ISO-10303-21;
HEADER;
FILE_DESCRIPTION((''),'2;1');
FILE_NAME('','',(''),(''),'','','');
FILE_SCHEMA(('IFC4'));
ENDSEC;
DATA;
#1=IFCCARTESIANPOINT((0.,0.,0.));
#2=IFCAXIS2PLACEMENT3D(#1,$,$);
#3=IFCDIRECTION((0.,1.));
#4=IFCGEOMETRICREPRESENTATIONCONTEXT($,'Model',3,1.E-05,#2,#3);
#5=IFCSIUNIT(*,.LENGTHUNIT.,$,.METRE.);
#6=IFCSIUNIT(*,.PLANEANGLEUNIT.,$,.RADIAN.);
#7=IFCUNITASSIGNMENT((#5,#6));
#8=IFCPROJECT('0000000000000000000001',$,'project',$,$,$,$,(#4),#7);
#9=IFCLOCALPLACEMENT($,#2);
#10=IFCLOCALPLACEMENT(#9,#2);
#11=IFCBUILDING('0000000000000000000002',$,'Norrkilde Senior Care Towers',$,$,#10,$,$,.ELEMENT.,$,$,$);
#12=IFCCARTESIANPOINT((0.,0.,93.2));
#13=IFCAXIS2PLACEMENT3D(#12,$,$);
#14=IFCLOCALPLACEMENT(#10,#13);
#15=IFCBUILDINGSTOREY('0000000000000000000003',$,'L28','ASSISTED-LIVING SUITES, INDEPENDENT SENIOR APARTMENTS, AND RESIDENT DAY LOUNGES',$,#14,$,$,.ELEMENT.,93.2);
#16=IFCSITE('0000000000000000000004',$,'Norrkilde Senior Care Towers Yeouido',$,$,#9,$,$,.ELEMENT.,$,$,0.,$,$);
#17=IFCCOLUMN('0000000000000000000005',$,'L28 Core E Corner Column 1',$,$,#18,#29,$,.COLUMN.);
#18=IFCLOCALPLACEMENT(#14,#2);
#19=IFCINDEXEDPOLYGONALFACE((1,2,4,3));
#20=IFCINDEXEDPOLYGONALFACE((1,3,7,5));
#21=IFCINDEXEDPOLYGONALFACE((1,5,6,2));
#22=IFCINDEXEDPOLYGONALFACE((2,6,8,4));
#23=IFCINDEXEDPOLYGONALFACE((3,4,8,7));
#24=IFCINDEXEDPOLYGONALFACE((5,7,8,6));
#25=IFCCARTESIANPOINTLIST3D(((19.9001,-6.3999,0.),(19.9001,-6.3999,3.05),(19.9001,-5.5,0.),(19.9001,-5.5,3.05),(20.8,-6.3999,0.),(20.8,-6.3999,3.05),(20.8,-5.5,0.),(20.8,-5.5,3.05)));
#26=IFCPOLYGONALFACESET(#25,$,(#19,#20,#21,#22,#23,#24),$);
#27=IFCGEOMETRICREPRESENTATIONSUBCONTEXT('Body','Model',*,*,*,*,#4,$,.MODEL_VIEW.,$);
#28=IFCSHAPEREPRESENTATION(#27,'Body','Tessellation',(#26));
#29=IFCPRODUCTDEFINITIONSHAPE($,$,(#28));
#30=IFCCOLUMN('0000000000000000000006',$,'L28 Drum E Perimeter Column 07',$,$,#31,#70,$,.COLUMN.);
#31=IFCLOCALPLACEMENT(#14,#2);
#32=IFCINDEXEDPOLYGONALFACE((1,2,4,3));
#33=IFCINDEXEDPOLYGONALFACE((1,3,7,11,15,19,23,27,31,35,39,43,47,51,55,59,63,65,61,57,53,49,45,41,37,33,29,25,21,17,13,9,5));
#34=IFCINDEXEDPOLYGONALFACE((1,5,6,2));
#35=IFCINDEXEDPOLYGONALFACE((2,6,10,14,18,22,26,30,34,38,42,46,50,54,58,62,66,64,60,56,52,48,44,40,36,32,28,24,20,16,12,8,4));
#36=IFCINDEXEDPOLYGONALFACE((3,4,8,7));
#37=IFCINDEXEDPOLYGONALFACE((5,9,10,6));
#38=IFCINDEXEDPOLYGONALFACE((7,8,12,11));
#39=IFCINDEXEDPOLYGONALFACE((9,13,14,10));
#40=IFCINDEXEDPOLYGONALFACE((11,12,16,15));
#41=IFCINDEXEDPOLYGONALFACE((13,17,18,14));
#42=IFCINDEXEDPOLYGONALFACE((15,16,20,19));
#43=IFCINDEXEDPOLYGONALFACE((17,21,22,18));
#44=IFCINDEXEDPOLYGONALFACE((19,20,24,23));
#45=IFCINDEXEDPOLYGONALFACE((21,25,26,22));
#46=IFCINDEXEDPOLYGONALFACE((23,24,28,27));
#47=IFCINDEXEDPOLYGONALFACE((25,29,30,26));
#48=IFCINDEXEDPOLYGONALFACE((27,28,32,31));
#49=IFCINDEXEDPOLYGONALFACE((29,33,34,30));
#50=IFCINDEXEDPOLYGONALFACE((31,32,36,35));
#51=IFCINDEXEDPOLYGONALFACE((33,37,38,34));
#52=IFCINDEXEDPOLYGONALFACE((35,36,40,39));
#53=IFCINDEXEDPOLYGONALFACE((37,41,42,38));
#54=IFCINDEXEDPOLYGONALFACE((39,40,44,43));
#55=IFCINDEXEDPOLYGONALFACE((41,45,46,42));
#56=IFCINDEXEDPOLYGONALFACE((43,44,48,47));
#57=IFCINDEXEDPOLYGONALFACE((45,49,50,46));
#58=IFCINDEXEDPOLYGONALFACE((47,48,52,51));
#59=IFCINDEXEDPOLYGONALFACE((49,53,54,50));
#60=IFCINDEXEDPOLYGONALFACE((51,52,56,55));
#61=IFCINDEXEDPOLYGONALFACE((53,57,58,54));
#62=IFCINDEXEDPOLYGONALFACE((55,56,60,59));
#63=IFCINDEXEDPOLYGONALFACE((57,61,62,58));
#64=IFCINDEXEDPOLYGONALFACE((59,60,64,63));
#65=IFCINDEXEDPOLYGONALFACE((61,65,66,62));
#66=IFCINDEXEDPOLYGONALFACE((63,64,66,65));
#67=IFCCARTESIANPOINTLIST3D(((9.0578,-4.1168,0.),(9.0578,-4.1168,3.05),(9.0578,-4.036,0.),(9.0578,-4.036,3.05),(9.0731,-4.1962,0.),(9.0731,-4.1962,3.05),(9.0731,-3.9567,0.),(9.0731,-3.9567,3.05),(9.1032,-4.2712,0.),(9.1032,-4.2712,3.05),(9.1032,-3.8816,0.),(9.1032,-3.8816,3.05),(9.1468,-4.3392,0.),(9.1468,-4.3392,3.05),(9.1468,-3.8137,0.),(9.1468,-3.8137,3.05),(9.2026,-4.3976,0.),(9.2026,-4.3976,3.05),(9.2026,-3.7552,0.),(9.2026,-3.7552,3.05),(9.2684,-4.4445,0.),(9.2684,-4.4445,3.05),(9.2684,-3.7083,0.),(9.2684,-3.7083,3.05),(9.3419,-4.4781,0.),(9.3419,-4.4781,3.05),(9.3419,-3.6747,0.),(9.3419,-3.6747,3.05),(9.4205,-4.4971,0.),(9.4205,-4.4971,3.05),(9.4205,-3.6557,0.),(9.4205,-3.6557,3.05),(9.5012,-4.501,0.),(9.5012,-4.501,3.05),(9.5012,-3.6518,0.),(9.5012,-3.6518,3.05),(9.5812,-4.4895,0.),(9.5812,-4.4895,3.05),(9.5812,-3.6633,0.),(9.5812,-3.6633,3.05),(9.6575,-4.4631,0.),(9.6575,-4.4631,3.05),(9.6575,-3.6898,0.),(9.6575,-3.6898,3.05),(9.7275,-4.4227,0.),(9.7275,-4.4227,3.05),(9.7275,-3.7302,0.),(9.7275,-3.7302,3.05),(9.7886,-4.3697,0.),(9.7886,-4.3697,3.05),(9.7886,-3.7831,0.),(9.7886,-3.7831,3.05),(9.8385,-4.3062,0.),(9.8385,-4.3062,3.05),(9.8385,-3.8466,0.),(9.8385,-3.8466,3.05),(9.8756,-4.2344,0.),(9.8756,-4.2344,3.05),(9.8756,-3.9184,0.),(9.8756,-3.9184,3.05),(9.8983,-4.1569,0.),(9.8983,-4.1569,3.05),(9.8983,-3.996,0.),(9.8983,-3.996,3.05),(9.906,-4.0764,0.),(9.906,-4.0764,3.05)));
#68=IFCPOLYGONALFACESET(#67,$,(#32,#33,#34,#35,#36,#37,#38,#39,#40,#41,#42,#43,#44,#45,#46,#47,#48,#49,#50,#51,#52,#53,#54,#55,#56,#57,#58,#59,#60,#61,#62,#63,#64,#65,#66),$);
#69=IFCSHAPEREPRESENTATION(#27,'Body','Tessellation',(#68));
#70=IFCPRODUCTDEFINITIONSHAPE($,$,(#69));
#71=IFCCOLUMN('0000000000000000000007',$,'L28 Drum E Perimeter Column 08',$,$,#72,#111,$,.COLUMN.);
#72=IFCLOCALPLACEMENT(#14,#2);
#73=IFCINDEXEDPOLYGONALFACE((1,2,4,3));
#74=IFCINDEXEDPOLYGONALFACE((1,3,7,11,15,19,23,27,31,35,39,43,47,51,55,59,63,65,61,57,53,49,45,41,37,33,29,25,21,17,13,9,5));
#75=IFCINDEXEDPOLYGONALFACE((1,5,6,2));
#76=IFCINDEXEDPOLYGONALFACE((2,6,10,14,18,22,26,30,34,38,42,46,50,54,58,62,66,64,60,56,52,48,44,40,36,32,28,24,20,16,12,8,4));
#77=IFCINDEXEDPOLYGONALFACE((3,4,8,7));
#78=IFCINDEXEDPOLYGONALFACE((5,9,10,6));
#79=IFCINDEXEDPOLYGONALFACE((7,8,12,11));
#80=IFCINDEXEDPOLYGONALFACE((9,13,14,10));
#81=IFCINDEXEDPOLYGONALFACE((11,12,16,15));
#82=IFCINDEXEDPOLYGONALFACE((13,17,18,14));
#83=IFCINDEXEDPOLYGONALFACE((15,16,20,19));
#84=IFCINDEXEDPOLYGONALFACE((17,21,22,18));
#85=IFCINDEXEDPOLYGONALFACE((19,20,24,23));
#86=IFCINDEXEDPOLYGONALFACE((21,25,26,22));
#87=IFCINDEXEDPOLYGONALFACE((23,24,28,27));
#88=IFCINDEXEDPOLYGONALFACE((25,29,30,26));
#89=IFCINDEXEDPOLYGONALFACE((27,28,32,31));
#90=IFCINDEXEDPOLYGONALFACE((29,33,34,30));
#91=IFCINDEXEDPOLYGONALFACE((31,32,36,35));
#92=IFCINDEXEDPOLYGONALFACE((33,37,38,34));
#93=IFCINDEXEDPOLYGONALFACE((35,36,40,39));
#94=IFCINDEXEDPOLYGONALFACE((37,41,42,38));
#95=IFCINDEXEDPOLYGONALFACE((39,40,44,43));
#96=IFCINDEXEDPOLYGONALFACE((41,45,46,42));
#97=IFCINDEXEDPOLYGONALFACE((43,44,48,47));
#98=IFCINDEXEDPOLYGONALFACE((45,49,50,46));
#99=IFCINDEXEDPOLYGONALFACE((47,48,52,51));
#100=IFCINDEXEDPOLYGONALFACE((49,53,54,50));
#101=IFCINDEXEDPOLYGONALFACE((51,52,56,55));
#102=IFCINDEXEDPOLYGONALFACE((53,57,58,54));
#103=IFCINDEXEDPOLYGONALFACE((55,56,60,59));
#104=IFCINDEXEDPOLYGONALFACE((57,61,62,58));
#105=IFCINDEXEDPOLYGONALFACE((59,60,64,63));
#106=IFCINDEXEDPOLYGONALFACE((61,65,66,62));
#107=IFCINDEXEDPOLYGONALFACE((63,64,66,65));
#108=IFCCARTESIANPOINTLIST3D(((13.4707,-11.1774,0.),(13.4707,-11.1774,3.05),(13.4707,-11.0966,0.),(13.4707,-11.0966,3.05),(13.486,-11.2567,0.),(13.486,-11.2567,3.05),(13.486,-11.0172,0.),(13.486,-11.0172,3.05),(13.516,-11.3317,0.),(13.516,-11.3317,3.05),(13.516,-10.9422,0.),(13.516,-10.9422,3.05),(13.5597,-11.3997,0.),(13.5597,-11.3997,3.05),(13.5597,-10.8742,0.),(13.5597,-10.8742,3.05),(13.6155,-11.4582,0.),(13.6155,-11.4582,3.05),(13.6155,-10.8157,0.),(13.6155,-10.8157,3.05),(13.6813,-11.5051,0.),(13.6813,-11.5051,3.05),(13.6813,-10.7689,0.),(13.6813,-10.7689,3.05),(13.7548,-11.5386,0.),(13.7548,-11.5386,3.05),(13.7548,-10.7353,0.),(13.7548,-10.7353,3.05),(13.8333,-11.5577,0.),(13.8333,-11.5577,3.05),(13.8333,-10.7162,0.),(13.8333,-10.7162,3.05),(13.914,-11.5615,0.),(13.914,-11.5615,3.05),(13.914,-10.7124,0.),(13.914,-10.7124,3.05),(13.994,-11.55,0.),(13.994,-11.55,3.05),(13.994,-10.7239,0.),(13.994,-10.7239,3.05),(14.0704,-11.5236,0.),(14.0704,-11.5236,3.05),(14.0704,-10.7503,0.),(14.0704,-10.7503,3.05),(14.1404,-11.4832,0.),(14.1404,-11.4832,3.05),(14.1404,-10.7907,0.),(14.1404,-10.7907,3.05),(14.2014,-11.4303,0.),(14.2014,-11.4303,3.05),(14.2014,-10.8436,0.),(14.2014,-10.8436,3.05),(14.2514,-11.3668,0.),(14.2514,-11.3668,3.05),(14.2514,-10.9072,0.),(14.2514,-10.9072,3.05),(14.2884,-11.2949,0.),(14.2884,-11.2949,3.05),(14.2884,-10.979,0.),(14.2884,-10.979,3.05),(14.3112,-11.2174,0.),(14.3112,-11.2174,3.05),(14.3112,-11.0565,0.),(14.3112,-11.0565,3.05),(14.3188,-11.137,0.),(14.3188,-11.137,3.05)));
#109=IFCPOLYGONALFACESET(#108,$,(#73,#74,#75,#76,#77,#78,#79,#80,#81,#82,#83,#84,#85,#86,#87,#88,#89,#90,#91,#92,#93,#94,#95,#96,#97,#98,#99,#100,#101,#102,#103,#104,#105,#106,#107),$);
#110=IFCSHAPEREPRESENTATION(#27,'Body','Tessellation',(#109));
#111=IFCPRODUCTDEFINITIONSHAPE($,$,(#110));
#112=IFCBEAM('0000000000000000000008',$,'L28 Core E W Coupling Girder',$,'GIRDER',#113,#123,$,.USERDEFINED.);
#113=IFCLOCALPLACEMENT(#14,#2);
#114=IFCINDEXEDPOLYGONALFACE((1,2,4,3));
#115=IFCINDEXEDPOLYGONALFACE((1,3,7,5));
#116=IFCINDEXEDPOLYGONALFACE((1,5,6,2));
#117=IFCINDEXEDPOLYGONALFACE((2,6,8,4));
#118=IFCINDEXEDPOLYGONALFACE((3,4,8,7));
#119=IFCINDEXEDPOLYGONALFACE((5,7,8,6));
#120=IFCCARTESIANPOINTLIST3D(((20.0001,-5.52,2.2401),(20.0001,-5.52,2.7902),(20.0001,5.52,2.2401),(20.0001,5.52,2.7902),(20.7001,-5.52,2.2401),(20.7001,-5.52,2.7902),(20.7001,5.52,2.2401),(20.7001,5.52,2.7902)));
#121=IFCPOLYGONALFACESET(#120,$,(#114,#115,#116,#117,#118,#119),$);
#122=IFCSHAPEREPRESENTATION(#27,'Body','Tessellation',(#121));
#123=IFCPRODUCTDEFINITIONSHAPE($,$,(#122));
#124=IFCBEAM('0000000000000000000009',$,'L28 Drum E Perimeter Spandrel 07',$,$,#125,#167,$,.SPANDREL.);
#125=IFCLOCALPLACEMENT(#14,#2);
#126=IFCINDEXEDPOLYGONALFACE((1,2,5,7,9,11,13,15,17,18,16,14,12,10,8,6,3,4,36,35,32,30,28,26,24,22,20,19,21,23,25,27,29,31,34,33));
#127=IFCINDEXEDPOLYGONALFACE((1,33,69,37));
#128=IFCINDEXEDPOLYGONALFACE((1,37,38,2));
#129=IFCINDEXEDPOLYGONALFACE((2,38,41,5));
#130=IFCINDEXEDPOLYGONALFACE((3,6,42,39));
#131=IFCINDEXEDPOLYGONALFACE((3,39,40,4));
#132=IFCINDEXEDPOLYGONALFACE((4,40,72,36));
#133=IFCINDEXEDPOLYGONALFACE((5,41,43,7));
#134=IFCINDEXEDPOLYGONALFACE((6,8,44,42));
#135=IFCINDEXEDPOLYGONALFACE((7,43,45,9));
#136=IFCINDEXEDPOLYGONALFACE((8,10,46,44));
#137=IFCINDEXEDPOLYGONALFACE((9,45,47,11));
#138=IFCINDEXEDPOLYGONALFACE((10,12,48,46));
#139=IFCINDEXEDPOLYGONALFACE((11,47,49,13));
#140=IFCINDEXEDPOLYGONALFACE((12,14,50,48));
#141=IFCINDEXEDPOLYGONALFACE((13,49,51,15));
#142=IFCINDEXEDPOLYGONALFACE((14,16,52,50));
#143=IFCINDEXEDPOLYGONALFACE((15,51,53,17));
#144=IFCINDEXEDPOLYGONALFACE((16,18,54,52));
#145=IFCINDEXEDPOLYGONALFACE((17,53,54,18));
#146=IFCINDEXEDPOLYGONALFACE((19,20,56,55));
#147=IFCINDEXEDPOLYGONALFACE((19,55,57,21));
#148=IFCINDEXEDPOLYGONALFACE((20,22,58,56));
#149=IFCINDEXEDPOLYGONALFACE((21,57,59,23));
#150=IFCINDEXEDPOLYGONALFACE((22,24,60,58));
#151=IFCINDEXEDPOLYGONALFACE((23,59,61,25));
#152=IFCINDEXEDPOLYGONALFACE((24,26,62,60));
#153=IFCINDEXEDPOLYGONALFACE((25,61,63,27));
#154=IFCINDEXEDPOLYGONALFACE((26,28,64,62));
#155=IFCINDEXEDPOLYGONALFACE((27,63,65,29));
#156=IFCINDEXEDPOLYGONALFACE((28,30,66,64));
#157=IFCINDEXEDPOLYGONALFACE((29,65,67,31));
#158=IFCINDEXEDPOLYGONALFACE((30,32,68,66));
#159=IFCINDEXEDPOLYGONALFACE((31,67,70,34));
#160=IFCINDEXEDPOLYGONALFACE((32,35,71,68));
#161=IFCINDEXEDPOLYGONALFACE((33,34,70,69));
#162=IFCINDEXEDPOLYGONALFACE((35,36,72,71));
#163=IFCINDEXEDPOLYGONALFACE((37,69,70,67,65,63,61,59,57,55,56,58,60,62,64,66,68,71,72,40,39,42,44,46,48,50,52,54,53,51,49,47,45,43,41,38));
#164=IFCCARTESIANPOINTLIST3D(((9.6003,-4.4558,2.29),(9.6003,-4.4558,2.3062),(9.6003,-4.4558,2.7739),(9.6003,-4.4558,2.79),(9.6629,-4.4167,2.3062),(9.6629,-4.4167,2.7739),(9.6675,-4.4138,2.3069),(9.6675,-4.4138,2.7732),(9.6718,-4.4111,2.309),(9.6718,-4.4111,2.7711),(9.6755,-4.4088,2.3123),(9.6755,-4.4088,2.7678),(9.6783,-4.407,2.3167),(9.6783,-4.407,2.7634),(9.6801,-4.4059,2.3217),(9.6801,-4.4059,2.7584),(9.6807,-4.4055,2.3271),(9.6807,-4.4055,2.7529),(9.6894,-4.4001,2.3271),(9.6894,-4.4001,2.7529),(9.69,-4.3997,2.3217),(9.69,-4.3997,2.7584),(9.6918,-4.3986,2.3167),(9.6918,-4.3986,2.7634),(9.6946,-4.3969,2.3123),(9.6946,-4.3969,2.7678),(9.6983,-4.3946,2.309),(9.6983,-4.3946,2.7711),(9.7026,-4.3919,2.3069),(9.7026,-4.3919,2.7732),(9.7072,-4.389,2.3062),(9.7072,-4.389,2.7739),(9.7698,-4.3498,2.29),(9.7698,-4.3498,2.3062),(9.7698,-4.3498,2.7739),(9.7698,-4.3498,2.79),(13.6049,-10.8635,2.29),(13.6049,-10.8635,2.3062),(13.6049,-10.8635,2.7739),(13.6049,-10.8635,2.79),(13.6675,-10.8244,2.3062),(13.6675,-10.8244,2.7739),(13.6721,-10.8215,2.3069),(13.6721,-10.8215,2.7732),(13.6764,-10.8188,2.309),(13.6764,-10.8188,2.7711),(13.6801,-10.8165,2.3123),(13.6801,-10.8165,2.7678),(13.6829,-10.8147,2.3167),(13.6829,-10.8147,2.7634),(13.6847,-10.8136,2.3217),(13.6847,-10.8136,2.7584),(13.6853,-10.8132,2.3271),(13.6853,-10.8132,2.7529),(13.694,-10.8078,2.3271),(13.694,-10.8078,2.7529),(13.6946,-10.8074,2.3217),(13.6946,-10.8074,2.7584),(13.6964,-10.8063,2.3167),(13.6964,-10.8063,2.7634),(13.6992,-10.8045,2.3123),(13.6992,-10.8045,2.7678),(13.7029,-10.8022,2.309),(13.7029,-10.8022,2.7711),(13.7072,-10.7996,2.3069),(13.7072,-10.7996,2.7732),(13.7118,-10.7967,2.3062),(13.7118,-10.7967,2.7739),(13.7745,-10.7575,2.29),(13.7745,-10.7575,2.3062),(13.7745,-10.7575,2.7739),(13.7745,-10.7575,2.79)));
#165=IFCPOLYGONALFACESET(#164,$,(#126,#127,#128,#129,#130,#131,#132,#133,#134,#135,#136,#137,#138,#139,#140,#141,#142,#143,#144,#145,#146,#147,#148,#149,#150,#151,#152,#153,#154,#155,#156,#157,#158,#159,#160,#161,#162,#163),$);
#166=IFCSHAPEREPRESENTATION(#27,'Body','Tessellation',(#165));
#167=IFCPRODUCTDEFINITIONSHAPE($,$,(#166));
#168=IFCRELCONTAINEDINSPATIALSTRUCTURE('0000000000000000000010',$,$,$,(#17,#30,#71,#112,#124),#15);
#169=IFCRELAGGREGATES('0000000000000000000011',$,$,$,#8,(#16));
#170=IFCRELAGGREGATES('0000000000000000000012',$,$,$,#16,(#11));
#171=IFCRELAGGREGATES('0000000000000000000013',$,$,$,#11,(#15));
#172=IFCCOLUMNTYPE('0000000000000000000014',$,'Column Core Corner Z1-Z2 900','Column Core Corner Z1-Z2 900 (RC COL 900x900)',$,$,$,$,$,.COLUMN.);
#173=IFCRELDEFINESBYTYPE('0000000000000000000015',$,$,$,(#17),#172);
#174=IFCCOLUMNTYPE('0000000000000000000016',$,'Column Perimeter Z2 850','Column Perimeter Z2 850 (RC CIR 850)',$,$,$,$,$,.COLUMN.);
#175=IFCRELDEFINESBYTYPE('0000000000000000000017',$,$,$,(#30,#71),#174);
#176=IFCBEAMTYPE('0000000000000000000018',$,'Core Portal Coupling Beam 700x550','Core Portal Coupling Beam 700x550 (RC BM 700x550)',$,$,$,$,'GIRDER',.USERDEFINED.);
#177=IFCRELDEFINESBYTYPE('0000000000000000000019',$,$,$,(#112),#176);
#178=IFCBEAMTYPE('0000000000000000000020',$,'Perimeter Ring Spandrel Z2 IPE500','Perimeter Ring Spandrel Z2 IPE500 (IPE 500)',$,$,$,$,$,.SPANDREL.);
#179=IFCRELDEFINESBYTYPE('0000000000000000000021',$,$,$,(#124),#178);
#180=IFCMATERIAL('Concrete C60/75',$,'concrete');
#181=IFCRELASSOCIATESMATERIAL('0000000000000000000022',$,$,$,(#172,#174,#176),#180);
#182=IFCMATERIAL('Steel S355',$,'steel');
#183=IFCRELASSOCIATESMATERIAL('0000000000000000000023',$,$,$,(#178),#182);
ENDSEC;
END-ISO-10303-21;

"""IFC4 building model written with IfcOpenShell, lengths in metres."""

from ifc_helpers import new_model, si_unit, direction, frame, origin, origin_2d, place, context, subcontext, project, spatial, rectangle, circle, i_section, extrude, source, transform, mapped, material, material_profile, profile_set, type_object, type_shapes, element, save


model = new_model("IFC4")

# Units and contexts
model_context = context("Model", 3, precision=1e-05, world=origin(), true_north=direction((0.0, 1.0)))
body_context = subcontext(model_context, "Body", "Model", "MODEL_VIEW")
ifc_project = project(units=[si_unit("LENGTHUNIT", "METRE"), si_unit("PLANEANGLEUNIT", "RADIAN")], contexts=[model_context])

# Site, building, storey
site_placement = place(None, origin())
site = spatial("IfcSite", under=ifc_project, at=site_placement, Name="Norrkilde Senior Care Towers Yeouido", CompositionType="ELEMENT", RefElevation=0.0)
building_placement = place(site_placement, origin())
building = spatial("IfcBuilding", under=site, at=building_placement, Name="Norrkilde Senior Care Towers", CompositionType="ELEMENT")
storey_placement = place(building_placement, frame((0.0, 0.0, 93.2)))
storey = spatial("IfcBuildingStorey", under=building, at=storey_placement, Name="L28", Description="ASSISTED-LIVING SUITES, INDEPENDENT SENIOR APARTMENTS, AND RESIDENT DAY LOUNGES", CompositionType="ELEMENT", Elevation=93.2)

# Columns
ifc_material_1 = material(Name="Concrete C60/75", Category="concrete")
ifc_material_profile_1 = material_profile(ifc_material_1, rectangle(XDim=0.8999, YDim=0.8999, at=origin_2d()), Name="RC COL 900x900")
ifc_profile_set_1 = profile_set([ifc_material_profile_1], Name="Concrete C60/75")
column_type_1 = type_object("IfcColumnType", Name="Column Core Corner Z1-Z2 900", Description="Column Core Corner Z1-Z2 900 (RC COL 900x900)", PredefinedType="COLUMN", material=ifc_profile_set_1)
shared_shape_1 = source(origin(), body_context, "Body", "SweptSolid", [
    extrude(rectangle(XDim=0.8999, YDim=0.8999, at=origin_2d()), origin(), (0.0, 0.0, 1.0), 3.05),
])
type_shapes(column_type_1, [shared_shape_1])
column_placement = place(storey_placement, frame((20.3501, -5.95, 0.0), z_axis=(0.0, 0.0, 1.0), x_axis=(1.0, 0.0, 0.0)))
element("IfcColumn", 1, at=column_placement, inside=storey, type_object=column_type_1, Name="L28 Core E Corner Column 1", PredefinedType="COLUMN", context=body_context, shape_type="MappedRepresentation", body=[
    mapped(shared_shape_1, transform((0.0, 0.0, 0.0), x_axis=(1.0, 0.0, 0.0), y_axis=(0.0, 1.0, 0.0), z_axis=(0.0, 0.0, 1.0), scale=1.0)),
])
ifc_material_profile_2 = material_profile(ifc_material_1, circle(Radius=0.425, at=origin_2d()), Name="RC CIR 850")
ifc_profile_set_2 = profile_set([ifc_material_profile_2], Name="Concrete C60/75")
column_type_2 = type_object("IfcColumnType", Name="Column Perimeter Z2 850", Description="Column Perimeter Z2 850 (RC CIR 850)", PredefinedType="COLUMN", material=ifc_profile_set_2)
shared_shape_2 = source(origin(), body_context, "Body", "SweptSolid", [
    extrude(circle(Radius=0.425, at=origin_2d()), origin(), (0.0, 0.0, 1.0), 3.05),
])
type_shapes(column_type_2, [shared_shape_2])
for number, where, z_axis, x_axis, name in (
    (2, (9.481, -4.0764, 0.0), (0.0, 0.0, 1.0), (1.0, 0.0, 0.0), "L28 Drum E Perimeter Column 07"),
    (3, (13.8938, -11.137, 0.0), (0.0, 0.0, 1.0), (1.0, 0.0, 0.0), "L28 Drum E Perimeter Column 08"),
):
    element("IfcColumn", number, at=place(storey_placement, frame(where, z_axis=z_axis, x_axis=x_axis)), inside=storey, type_object=column_type_2, Name=name, PredefinedType="COLUMN", context=body_context, shape_type="MappedRepresentation", body=[
        mapped(shared_shape_2, transform((0.0, 0.0, 0.0), x_axis=(1.0, 0.0, 0.0), y_axis=(0.0, 1.0, 0.0), z_axis=(0.0, 0.0, 1.0), scale=1.0)),
    ])

# Beams
ifc_material_profile_3 = material_profile(ifc_material_1, rectangle(XDim=0.7, YDim=0.55, at=origin_2d()), Name="RC BM 700x550")
ifc_profile_set_3 = profile_set([ifc_material_profile_3], Name="Concrete C60/75")
beam_type_1 = type_object("IfcBeamType", Name="Core Portal Coupling Beam 700x550", Description="Core Portal Coupling Beam 700x550 (RC BM 700x550)", ElementType="GIRDER", PredefinedType="USERDEFINED", material=ifc_profile_set_3)
shared_shape_3 = source(origin(), body_context, "Body", "SweptSolid", [
    extrude(rectangle(XDim=0.7, YDim=0.55, at=origin_2d()), origin(), (0.0, 0.0, 1.0), 11.04),
])
type_shapes(beam_type_1, [shared_shape_3])
beam_1_placement = place(storey_placement, frame((20.3501, -5.52, 2.5151), z_axis=(0.0, 1.0, 0.0), x_axis=(-1.0, 0.0, 0.0)))
element("IfcBeam", 4, at=beam_1_placement, inside=storey, type_object=beam_type_1, Name="L28 Core E W Coupling Girder", ObjectType="GIRDER", PredefinedType="USERDEFINED", context=body_context, shape_type="MappedRepresentation", body=[
    mapped(shared_shape_3, transform((0.0, 0.0, 0.0), x_axis=(1.0, 0.0, 0.0), y_axis=(0.0, 1.0, 0.0), z_axis=(0.0, 0.0, 1.0), scale=1.0)),
])
ifc_material_2 = material(Name="Steel S355", Category="steel")
ifc_material_profile_4 = material_profile(ifc_material_2, i_section(OverallWidth=0.2, OverallDepth=0.5, WebThickness=0.0103, FlangeThickness=0.0161, FilletRadius=0.021, at=origin_2d()), Name="IPE 500")
ifc_profile_set_4 = profile_set([ifc_material_profile_4], Name="Steel S355")
beam_type_2 = type_object("IfcBeamType", Name="Perimeter Ring Spandrel Z2 IPE500", Description="Perimeter Ring Spandrel Z2 IPE500 (IPE 500)", PredefinedType="SPANDREL", material=ifc_profile_set_4)
shared_shape_4 = source(origin(), body_context, "Body", "SweptSolid", [
    extrude(i_section(OverallWidth=0.2, OverallDepth=0.5, WebThickness=0.0103, FlangeThickness=0.0161, FilletRadius=0.021, at=origin_2d()), origin(), (0.0, 0.0, 1.0), 7.5562),
])
beam_2_placement = place(storey_placement, frame((9.6851, -4.4028, 2.54), z_axis=(0.529982, -0.848009, 0.0), x_axis=(0.848009, 0.529982, 0.0)))
element("IfcBeam", 5, at=beam_2_placement, inside=storey, type_object=beam_type_2, Name="L28 Drum E Perimeter Spandrel 07", PredefinedType="SPANDREL", context=body_context, shape_type="MappedRepresentation", body=[
    mapped(shared_shape_4, transform((0.0, 0.0, 0.0), x_axis=(1.0, 0.0, 0.0), y_axis=(0.0, 1.0, 0.0), z_axis=(0.0, 0.0, 1.0), scale=1.0)),
])

save(model, "model.ifc")
